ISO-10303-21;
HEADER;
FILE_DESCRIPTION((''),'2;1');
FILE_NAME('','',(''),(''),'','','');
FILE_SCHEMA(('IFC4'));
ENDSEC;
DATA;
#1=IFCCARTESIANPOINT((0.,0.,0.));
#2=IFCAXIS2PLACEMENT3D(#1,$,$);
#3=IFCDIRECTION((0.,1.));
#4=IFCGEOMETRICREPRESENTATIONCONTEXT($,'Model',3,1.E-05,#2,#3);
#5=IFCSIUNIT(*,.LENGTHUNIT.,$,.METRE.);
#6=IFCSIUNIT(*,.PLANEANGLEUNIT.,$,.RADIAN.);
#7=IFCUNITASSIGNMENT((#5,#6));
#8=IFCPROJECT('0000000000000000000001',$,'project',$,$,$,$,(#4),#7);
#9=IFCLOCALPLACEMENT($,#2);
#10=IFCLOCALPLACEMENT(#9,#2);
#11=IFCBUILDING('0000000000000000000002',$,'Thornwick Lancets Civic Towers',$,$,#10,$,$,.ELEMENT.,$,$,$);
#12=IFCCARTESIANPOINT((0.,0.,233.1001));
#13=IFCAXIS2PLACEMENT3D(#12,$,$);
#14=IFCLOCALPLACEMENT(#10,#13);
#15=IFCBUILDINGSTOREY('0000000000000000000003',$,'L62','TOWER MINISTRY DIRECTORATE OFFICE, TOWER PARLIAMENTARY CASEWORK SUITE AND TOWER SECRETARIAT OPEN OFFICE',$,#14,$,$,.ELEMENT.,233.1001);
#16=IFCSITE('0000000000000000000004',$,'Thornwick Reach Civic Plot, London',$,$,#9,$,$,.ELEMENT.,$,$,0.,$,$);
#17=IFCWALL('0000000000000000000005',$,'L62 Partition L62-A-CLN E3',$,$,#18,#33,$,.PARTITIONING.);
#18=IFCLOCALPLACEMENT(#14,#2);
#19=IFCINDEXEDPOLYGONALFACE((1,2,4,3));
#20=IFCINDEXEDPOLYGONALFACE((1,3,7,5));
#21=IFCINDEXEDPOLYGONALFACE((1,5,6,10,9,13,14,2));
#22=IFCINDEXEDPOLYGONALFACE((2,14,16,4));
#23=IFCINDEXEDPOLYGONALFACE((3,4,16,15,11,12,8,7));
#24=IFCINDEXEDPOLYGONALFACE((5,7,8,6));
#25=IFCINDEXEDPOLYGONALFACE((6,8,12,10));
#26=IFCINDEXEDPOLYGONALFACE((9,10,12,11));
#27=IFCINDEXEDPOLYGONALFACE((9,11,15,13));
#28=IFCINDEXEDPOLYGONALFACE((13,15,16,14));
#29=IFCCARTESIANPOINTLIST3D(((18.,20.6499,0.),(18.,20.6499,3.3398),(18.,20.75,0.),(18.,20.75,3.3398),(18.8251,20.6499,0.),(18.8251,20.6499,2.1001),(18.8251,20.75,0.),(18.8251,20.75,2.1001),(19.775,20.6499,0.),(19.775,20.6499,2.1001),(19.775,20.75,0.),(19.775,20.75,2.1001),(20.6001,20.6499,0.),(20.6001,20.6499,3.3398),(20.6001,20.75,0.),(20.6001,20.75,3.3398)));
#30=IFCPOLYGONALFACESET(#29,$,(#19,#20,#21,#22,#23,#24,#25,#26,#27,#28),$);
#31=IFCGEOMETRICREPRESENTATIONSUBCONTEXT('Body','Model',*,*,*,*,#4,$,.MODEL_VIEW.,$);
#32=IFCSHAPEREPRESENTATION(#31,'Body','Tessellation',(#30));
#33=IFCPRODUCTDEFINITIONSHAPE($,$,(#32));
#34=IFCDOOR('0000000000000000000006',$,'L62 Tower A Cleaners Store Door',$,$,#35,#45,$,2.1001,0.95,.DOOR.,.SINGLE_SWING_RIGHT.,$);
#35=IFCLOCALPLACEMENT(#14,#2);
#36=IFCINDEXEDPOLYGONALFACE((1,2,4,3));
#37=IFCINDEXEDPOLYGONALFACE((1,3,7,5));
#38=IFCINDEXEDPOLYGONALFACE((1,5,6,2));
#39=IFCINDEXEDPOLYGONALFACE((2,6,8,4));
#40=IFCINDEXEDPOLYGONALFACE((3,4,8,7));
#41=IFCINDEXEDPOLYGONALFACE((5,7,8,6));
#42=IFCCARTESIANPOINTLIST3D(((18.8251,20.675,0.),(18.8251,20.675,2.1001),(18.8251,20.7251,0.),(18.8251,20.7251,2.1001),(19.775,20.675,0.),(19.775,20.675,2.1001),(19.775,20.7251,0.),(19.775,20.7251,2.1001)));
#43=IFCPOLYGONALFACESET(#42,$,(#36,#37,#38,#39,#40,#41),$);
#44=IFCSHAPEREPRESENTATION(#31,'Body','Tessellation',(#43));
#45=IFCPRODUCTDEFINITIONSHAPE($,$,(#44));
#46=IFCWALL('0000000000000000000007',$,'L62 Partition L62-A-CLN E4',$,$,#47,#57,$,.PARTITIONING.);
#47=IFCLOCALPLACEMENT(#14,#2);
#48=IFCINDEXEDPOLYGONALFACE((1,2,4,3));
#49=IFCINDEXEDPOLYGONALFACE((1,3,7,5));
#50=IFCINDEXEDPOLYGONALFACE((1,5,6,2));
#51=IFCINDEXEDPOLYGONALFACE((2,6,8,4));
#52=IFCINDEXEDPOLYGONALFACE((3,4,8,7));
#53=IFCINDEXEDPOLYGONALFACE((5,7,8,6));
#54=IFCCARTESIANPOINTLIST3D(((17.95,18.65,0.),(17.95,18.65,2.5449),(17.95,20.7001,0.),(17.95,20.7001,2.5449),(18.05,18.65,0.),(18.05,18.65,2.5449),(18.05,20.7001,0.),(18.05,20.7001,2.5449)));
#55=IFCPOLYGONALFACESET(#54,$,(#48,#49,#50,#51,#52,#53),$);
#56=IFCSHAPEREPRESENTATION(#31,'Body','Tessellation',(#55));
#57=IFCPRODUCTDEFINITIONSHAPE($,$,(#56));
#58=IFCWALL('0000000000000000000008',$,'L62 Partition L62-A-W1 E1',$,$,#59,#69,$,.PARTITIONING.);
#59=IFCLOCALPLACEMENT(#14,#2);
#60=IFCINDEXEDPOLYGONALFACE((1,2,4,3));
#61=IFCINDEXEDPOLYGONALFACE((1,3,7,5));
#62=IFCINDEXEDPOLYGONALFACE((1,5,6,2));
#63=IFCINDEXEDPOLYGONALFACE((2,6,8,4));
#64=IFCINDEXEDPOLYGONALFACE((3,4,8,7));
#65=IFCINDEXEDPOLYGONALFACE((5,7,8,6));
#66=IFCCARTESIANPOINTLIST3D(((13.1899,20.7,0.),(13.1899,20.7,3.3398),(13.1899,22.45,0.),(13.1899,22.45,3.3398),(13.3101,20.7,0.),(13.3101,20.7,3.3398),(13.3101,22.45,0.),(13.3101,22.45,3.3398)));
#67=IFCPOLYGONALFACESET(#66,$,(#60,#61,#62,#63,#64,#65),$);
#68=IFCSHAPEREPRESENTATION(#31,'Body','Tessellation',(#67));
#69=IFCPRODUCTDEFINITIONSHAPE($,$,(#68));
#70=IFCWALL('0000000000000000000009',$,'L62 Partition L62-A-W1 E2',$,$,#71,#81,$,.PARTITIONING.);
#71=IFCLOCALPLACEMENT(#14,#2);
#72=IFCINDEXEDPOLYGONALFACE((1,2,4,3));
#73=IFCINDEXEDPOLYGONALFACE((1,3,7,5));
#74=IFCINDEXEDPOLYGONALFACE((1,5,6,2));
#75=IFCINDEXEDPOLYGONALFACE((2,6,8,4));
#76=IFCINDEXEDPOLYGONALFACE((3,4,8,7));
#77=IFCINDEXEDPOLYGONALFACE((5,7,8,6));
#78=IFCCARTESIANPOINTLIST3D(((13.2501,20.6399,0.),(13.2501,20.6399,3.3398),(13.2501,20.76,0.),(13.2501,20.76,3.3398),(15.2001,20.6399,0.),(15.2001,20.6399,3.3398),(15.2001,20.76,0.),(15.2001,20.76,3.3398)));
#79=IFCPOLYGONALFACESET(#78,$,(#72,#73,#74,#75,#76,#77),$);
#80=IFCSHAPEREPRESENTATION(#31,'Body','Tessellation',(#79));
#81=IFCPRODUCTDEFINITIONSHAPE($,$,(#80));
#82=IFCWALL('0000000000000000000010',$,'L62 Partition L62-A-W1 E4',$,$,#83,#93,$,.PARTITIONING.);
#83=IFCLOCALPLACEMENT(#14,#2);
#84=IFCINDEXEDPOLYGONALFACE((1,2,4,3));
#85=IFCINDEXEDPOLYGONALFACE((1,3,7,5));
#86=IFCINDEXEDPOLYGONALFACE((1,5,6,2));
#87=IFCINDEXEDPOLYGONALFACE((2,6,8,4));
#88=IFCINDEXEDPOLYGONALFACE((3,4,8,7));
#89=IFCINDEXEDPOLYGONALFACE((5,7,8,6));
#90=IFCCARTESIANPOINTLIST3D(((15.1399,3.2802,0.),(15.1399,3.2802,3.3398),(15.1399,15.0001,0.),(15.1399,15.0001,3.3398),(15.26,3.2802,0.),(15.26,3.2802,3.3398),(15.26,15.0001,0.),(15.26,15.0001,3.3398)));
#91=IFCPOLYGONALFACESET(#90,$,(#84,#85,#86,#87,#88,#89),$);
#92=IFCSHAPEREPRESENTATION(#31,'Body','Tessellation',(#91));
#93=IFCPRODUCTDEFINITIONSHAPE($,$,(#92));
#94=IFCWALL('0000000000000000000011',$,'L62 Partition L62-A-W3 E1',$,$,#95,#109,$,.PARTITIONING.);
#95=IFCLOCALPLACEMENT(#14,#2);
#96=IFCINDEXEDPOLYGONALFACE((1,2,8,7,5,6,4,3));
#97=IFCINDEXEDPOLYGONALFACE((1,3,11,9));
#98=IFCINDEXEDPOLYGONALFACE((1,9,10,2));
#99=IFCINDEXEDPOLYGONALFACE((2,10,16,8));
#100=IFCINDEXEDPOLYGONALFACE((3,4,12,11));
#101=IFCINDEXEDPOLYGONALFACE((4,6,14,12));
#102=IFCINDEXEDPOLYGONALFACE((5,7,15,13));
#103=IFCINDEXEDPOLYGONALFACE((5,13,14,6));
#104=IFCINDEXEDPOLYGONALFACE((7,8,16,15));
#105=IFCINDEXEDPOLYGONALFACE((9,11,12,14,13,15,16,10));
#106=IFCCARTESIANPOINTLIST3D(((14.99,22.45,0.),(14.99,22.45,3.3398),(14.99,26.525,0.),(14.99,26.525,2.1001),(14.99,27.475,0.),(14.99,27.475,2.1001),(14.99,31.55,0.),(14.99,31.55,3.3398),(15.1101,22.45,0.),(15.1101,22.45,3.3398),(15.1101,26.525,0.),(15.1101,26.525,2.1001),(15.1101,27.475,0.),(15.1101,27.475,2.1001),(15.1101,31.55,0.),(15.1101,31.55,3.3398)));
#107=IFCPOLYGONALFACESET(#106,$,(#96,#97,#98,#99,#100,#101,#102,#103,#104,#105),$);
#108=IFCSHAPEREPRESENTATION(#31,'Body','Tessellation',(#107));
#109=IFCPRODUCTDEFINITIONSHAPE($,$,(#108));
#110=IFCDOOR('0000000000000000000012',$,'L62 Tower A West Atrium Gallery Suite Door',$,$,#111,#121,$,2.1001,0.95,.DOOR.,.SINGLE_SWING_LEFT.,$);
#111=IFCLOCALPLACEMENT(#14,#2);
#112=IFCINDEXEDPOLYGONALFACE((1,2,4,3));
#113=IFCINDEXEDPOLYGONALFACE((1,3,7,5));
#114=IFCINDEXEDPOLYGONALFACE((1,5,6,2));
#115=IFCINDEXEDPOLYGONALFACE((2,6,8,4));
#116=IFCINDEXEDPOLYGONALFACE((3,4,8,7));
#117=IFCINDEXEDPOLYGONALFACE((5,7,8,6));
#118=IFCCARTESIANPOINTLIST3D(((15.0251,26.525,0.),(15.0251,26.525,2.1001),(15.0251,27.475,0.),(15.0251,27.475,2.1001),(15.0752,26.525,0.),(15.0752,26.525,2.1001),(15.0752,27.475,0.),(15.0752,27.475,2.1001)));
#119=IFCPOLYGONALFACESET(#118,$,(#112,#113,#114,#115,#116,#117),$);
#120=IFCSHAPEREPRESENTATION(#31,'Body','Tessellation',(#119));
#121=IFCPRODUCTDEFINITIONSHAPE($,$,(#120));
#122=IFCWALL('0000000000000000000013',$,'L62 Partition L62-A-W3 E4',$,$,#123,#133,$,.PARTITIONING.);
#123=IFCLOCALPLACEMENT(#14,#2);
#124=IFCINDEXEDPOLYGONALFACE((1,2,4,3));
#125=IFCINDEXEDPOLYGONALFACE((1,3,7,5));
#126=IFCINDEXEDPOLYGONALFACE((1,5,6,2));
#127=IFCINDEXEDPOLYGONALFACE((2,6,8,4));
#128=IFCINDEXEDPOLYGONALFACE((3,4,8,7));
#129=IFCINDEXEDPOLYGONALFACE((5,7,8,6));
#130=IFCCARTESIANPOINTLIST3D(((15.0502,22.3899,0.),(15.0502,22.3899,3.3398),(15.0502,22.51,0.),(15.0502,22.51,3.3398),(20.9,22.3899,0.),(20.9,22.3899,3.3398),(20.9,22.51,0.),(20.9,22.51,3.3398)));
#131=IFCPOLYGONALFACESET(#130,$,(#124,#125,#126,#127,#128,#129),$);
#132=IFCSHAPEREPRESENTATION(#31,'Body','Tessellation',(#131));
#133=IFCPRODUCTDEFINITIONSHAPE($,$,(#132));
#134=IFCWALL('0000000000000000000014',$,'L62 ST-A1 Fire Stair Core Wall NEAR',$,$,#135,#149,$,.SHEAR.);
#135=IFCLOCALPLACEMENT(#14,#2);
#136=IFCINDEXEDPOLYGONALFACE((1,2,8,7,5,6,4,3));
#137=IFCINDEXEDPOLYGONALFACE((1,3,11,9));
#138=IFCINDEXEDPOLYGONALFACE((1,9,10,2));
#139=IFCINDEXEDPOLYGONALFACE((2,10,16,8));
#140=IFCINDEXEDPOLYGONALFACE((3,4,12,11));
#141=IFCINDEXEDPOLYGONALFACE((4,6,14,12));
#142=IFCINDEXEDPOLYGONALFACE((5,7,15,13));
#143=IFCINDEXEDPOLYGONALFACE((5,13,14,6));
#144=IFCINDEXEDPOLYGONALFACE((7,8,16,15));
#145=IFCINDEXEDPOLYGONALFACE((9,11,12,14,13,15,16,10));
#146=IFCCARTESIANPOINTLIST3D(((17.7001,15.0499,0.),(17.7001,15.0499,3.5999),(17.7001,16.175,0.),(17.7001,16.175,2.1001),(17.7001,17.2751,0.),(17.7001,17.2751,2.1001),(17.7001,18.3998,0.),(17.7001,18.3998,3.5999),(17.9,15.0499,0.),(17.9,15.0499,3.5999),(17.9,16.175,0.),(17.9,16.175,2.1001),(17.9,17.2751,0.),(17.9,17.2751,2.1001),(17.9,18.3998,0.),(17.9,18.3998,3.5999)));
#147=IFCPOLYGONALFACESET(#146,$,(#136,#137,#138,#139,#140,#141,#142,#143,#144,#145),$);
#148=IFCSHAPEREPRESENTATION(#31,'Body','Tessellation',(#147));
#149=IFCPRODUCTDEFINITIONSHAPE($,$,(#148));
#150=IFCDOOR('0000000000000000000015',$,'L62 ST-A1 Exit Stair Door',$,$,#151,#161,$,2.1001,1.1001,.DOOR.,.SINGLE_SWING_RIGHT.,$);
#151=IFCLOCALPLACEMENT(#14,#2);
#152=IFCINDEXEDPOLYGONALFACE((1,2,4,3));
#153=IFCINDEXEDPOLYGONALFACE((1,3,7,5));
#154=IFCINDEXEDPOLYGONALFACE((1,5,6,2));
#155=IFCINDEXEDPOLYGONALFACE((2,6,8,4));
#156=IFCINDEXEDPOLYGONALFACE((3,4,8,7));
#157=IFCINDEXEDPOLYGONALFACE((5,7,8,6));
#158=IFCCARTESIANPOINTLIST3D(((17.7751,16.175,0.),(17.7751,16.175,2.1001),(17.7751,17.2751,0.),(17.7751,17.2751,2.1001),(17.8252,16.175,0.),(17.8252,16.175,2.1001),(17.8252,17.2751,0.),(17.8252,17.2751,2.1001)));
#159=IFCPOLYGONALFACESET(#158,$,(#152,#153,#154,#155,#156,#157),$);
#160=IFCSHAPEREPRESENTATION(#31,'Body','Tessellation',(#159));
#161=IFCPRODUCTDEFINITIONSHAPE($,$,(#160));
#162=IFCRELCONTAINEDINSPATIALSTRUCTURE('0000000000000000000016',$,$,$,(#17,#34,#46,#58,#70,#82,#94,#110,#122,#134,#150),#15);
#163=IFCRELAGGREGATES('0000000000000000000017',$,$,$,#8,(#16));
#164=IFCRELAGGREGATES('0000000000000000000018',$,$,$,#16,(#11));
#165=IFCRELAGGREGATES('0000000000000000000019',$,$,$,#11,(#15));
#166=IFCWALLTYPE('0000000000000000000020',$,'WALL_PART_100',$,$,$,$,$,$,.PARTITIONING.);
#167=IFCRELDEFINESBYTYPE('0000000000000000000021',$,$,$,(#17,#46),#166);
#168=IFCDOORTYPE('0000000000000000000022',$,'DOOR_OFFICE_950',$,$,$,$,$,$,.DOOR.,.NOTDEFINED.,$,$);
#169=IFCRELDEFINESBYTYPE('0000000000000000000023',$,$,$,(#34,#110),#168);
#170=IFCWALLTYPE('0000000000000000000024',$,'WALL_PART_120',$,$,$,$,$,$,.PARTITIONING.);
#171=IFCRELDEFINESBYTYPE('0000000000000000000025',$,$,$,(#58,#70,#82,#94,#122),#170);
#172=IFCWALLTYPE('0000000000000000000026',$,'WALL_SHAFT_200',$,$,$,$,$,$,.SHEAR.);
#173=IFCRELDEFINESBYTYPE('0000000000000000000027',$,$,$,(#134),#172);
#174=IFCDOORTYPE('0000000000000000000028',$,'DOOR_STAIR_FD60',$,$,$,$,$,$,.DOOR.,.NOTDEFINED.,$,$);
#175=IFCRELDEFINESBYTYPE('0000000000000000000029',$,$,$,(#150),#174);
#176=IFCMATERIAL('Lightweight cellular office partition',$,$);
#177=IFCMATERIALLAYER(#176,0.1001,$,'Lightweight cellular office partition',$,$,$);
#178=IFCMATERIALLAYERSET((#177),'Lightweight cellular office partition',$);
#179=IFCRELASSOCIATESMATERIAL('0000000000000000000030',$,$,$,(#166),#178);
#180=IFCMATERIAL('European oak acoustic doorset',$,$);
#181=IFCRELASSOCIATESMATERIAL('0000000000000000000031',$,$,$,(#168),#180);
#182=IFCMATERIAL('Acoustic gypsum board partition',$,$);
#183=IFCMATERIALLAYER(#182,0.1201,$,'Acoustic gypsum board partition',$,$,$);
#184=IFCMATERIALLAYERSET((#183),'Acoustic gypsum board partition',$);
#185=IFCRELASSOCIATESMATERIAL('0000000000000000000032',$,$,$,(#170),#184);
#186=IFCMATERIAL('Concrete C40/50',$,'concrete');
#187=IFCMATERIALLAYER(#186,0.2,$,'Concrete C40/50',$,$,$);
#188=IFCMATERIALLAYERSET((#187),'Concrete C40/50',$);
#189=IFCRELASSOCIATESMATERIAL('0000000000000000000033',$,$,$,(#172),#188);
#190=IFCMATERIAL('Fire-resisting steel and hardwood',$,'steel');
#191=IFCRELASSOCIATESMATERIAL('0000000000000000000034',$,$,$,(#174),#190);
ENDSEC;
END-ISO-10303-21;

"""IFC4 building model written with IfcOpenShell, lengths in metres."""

from ifc_helpers import new_model, si_unit, direction, frame, frame_2d, origin, place, context, subcontext, project, spatial, rectangle, extrude, material, layer, layer_set, type_object, element, fill, save


model = new_model("IFC4")

# Units and contexts
model_context = context("Model", 3, precision=1e-05, world=origin(), true_north=direction((0.0, 1.0)))
body_context = subcontext(model_context, "Body", "Model", "MODEL_VIEW")
ifc_project = project(units=[si_unit("LENGTHUNIT", "METRE"), si_unit("PLANEANGLEUNIT", "RADIAN")], contexts=[model_context])

# Site, building, storey
site_placement = place(None, origin())
site = spatial("IfcSite", under=ifc_project, at=site_placement, Name="Thornwick Reach Civic Plot, London", CompositionType="ELEMENT", RefElevation=0.0)
building_placement = place(site_placement, origin())
building = spatial("IfcBuilding", under=site, at=building_placement, Name="Thornwick Lancets Civic Towers", CompositionType="ELEMENT")
storey_placement = place(building_placement, frame((0.0, 0.0, 233.1001)))
storey = spatial("IfcBuildingStorey", under=building, at=storey_placement, Name="L62", Description="TOWER MINISTRY DIRECTORATE OFFICE, TOWER PARLIAMENTARY CASEWORK SUITE AND TOWER SECRETARIAT OPEN OFFICE", CompositionType="ELEMENT", Elevation=233.1001)

# Shared definitions
ifc_material_1 = material(Name="Lightweight cellular office partition")
ifc_layer_1 = layer(ifc_material_1, 0.1001, Name="Lightweight cellular office partition")
ifc_layer_set_1 = layer_set([ifc_layer_1], Name="Lightweight cellular office partition")
wall_type_1 = type_object("IfcWallType", Name="WALL_PART_100", PredefinedType="PARTITIONING", material=ifc_layer_set_1)

# Wall, opening, door
wall_1_placement = place(storey_placement, frame((20.6001, 20.7, 0.0), z_axis=(0.0, 0.0, 1.0), x_axis=(-1.0, 0.0, 0.0)))
wall_1 = element("IfcWall", 1, at=wall_1_placement, inside=storey, type_object=wall_type_1, Name="L62 Partition L62-A-CLN E3", PredefinedType="PARTITIONING", context=body_context, shape_type="SweptSolid", body=[
    extrude(rectangle(XDim=2.6001, YDim=0.1001, at=frame_2d((1.3, 0.0))), origin(), (0.0, 0.0, 1.0), 3.3398),
])
opening_1_placement = place(wall_1_placement, frame((0.825, 0.0, 0.0)))
opening_1 = element("IfcOpeningElement", 2, at=opening_1_placement, cuts=wall_1, PredefinedType="OPENING", context=body_context, shape_type="SweptSolid", body=[
    extrude(rectangle(XDim=0.95, YDim=2.1001, at=frame_2d((0.4751, 1.05))), frame((0.0, 0.0601, 0.0), z_axis=(0.0, -1.0, 0.0), x_axis=(1.0, 0.0, 0.0)), (0.0, 0.0, 1.0), 0.1201),
])
ifc_material_2 = material(Name="European oak acoustic doorset")
door_type_1 = type_object("IfcDoorType", Name="DOOR_OFFICE_950", OperationType="NOTDEFINED", PredefinedType="DOOR", material=ifc_material_2)
door_1_placement = place(opening_1_placement, origin())
door_1 = element("IfcDoor", 3, at=door_1_placement, inside=storey, type_object=door_type_1, Name="L62 Tower A Cleaners Store Door", OperationType="SINGLE_SWING_RIGHT", OverallHeight=2.1001, OverallWidth=0.95, PredefinedType="DOOR", context=body_context, shape_type="SweptSolid", body=[
    extrude(rectangle(XDim=0.95, YDim=2.1001, at=frame_2d((0.4751, 1.05))), frame((0.0, 0.0249, 0.0), z_axis=(0.0, -1.0, 0.0), x_axis=(1.0, 0.0, 0.0)), (0.0, 0.0, 1.0), 0.05),
])
fill(opening_1, door_1)

# Walls
wall_2_placement = place(storey_placement, frame((18.0, 20.7, 0.0), z_axis=(0.0, 0.0, 1.0), x_axis=(0.0, -1.0, 0.0)))
element("IfcWall", 4, at=wall_2_placement, inside=storey, type_object=wall_type_1, Name="L62 Partition L62-A-CLN E4", PredefinedType="PARTITIONING", context=body_context, shape_type="SweptSolid", body=[
    extrude(rectangle(XDim=2.05, YDim=0.1001, at=frame_2d((1.0249, 0.0))), origin(), (0.0, 0.0, 1.0), 2.5449),
])
ifc_material_3 = material(Name="Acoustic gypsum board partition")
ifc_layer_2 = layer(ifc_material_3, 0.1201, Name="Acoustic gypsum board partition")
ifc_layer_set_2 = layer_set([ifc_layer_2], Name="Acoustic gypsum board partition")
wall_type_2 = type_object("IfcWallType", Name="WALL_PART_120", PredefinedType="PARTITIONING", material=ifc_layer_set_2)
wall_3_placement = place(storey_placement, frame((13.25, 22.45, 0.0), z_axis=(0.0, 0.0, 1.0), x_axis=(0.0, -1.0, 0.0)))
element("IfcWall", 5, at=wall_3_placement, inside=storey, type_object=wall_type_2, Name="L62 Partition L62-A-W1 E1", PredefinedType="PARTITIONING", context=body_context, shape_type="SweptSolid", body=[
    extrude(rectangle(XDim=1.75, YDim=0.1201, at=frame_2d((0.875, 0.0))), origin(), (0.0, 0.0, 1.0), 3.3398),
])
wall_4_placement = place(storey_placement, frame((13.25, 20.7, 0.0), z_axis=(0.0, 0.0, 1.0), x_axis=(1.0, 0.0, 0.0)))
element("IfcWall", 6, at=wall_4_placement, inside=storey, type_object=wall_type_2, Name="L62 Partition L62-A-W1 E2", PredefinedType="PARTITIONING", context=body_context, shape_type="SweptSolid", body=[
    extrude(rectangle(XDim=1.95, YDim=0.1201, at=frame_2d((0.9751, 0.0))), origin(), (0.0, 0.0, 1.0), 3.3398),
])
wall_5_placement = place(storey_placement, frame((15.2, 15.0, 0.0), z_axis=(0.0, 0.0, 1.0), x_axis=(0.0, -1.0, 0.0)))
element("IfcWall", 7, at=wall_5_placement, inside=storey, type_object=wall_type_2, Name="L62 Partition L62-A-W1 E4", PredefinedType="PARTITIONING", context=body_context, shape_type="SweptSolid", body=[
    extrude(rectangle(XDim=11.72, YDim=0.1201, at=frame_2d((5.8599, 0.0))), origin(), (0.0, 0.0, 1.0), 3.3398),
])

# Wall, opening, door
wall_6_placement = place(storey_placement, frame((15.05, 22.45, 0.0), z_axis=(0.0, 0.0, 1.0), x_axis=(0.0, 1.0, 0.0)))
wall_6 = element("IfcWall", 8, at=wall_6_placement, inside=storey, type_object=wall_type_2, Name="L62 Partition L62-A-W3 E1", PredefinedType="PARTITIONING", context=body_context, shape_type="SweptSolid", body=[
    extrude(rectangle(XDim=9.1001, YDim=0.1201, at=frame_2d((4.55, 0.0))), origin(), (0.0, 0.0, 1.0), 3.3398),
])
opening_2_placement = place(wall_6_placement, frame((4.075, 0.0, 0.0)))
opening_2 = element("IfcOpeningElement", 9, at=opening_2_placement, cuts=wall_6, PredefinedType="OPENING", context=body_context, shape_type="SweptSolid", body=[
    extrude(rectangle(XDim=0.95, YDim=2.1001, at=frame_2d((0.4751, 1.05))), frame((0.0, 0.0701, 0.0), z_axis=(0.0, -1.0, 0.0), x_axis=(1.0, 0.0, 0.0)), (0.0, 0.0, 1.0), 0.1401),
])
door_2_placement = place(opening_2_placement, origin())
door_2 = element("IfcDoor", 10, at=door_2_placement, inside=storey, type_object=door_type_1, Name="L62 Tower A West Atrium Gallery Suite Door", OperationType="SINGLE_SWING_LEFT", OverallHeight=2.1001, OverallWidth=0.95, PredefinedType="DOOR", context=body_context, shape_type="SweptSolid", body=[
    extrude(rectangle(XDim=0.95, YDim=2.1001, at=frame_2d((0.4751, 1.05))), frame((0.0, 0.0249, 0.0), z_axis=(0.0, -1.0, 0.0), x_axis=(1.0, 0.0, 0.0)), (0.0, 0.0, 1.0), 0.05),
])
fill(opening_2, door_2)

# Wall
wall_7_placement = place(storey_placement, frame((20.8999, 22.45, 0.0), z_axis=(0.0, 0.0, 1.0), x_axis=(-1.0, 0.0, 0.0)))
element("IfcWall", 11, at=wall_7_placement, inside=storey, type_object=wall_type_2, Name="L62 Partition L62-A-W3 E4", PredefinedType="PARTITIONING", context=body_context, shape_type="SweptSolid", body=[
    extrude(rectangle(XDim=5.8499, YDim=0.1201, at=frame_2d((2.9248, 0.0))), origin(), (0.0, 0.0, 1.0), 3.3398),
])

# Wall, opening, door
ifc_material_4 = material(Name="Concrete C40/50", Category="concrete")
ifc_layer_3 = layer(ifc_material_4, 0.2, Name="Concrete C40/50")
ifc_layer_set_3 = layer_set([ifc_layer_3], Name="Concrete C40/50")
wall_type_3 = type_object("IfcWallType", Name="WALL_SHAFT_200", PredefinedType="SHEAR", material=ifc_layer_set_3)
wall_8_placement = place(storey_placement, frame((17.8, 15.05, 0.0), z_axis=(0.0, 0.0, 1.0), x_axis=(0.0, 1.0, 0.0)))
wall_8 = element("IfcWall", 12, at=wall_8_placement, inside=storey, type_object=wall_type_3, Name="L62 ST-A1 Fire Stair Core Wall NEAR", PredefinedType="SHEAR", context=body_context, shape_type="SweptSolid", body=[
    extrude(rectangle(XDim=3.3499, YDim=0.2, at=frame_2d((1.6748, 0.0))), origin(), (0.0, 0.0, 1.0), 3.5999),
])
opening_3_placement = place(wall_8_placement, frame((1.125, 0.0, 0.0)))
opening_3 = element("IfcOpeningElement", 13, at=opening_3_placement, cuts=wall_8, PredefinedType="OPENING", context=body_context, shape_type="SweptSolid", body=[
    extrude(rectangle(XDim=1.1001, YDim=2.1001, at=frame_2d((0.55, 1.05))), frame((0.0, 0.1099, 0.0), z_axis=(0.0, -1.0, 0.0), x_axis=(1.0, 0.0, 0.0)), (0.0, 0.0, 1.0), 0.22),
])
ifc_material_5 = material(Name="Fire-resisting steel and hardwood", Category="steel")
door_type_2 = type_object("IfcDoorType", Name="DOOR_STAIR_FD60", OperationType="NOTDEFINED", PredefinedType="DOOR", material=ifc_material_5)
door_3_placement = place(opening_3_placement, origin())
door_3 = element("IfcDoor", 14, at=door_3_placement, inside=storey, type_object=door_type_2, Name="L62 ST-A1 Exit Stair Door", OperationType="SINGLE_SWING_RIGHT", OverallHeight=2.1001, OverallWidth=1.1001, PredefinedType="DOOR", context=body_context, shape_type="SweptSolid", body=[
    extrude(rectangle(XDim=1.1001, YDim=2.1001, at=frame_2d((0.55, 1.05))), frame((0.0, 0.0249, 0.0), z_axis=(0.0, -1.0, 0.0), x_axis=(1.0, 0.0, 0.0)), (0.0, 0.0, 1.0), 0.05),
])
fill(opening_3, door_3)

save(model, "model.ifc")
